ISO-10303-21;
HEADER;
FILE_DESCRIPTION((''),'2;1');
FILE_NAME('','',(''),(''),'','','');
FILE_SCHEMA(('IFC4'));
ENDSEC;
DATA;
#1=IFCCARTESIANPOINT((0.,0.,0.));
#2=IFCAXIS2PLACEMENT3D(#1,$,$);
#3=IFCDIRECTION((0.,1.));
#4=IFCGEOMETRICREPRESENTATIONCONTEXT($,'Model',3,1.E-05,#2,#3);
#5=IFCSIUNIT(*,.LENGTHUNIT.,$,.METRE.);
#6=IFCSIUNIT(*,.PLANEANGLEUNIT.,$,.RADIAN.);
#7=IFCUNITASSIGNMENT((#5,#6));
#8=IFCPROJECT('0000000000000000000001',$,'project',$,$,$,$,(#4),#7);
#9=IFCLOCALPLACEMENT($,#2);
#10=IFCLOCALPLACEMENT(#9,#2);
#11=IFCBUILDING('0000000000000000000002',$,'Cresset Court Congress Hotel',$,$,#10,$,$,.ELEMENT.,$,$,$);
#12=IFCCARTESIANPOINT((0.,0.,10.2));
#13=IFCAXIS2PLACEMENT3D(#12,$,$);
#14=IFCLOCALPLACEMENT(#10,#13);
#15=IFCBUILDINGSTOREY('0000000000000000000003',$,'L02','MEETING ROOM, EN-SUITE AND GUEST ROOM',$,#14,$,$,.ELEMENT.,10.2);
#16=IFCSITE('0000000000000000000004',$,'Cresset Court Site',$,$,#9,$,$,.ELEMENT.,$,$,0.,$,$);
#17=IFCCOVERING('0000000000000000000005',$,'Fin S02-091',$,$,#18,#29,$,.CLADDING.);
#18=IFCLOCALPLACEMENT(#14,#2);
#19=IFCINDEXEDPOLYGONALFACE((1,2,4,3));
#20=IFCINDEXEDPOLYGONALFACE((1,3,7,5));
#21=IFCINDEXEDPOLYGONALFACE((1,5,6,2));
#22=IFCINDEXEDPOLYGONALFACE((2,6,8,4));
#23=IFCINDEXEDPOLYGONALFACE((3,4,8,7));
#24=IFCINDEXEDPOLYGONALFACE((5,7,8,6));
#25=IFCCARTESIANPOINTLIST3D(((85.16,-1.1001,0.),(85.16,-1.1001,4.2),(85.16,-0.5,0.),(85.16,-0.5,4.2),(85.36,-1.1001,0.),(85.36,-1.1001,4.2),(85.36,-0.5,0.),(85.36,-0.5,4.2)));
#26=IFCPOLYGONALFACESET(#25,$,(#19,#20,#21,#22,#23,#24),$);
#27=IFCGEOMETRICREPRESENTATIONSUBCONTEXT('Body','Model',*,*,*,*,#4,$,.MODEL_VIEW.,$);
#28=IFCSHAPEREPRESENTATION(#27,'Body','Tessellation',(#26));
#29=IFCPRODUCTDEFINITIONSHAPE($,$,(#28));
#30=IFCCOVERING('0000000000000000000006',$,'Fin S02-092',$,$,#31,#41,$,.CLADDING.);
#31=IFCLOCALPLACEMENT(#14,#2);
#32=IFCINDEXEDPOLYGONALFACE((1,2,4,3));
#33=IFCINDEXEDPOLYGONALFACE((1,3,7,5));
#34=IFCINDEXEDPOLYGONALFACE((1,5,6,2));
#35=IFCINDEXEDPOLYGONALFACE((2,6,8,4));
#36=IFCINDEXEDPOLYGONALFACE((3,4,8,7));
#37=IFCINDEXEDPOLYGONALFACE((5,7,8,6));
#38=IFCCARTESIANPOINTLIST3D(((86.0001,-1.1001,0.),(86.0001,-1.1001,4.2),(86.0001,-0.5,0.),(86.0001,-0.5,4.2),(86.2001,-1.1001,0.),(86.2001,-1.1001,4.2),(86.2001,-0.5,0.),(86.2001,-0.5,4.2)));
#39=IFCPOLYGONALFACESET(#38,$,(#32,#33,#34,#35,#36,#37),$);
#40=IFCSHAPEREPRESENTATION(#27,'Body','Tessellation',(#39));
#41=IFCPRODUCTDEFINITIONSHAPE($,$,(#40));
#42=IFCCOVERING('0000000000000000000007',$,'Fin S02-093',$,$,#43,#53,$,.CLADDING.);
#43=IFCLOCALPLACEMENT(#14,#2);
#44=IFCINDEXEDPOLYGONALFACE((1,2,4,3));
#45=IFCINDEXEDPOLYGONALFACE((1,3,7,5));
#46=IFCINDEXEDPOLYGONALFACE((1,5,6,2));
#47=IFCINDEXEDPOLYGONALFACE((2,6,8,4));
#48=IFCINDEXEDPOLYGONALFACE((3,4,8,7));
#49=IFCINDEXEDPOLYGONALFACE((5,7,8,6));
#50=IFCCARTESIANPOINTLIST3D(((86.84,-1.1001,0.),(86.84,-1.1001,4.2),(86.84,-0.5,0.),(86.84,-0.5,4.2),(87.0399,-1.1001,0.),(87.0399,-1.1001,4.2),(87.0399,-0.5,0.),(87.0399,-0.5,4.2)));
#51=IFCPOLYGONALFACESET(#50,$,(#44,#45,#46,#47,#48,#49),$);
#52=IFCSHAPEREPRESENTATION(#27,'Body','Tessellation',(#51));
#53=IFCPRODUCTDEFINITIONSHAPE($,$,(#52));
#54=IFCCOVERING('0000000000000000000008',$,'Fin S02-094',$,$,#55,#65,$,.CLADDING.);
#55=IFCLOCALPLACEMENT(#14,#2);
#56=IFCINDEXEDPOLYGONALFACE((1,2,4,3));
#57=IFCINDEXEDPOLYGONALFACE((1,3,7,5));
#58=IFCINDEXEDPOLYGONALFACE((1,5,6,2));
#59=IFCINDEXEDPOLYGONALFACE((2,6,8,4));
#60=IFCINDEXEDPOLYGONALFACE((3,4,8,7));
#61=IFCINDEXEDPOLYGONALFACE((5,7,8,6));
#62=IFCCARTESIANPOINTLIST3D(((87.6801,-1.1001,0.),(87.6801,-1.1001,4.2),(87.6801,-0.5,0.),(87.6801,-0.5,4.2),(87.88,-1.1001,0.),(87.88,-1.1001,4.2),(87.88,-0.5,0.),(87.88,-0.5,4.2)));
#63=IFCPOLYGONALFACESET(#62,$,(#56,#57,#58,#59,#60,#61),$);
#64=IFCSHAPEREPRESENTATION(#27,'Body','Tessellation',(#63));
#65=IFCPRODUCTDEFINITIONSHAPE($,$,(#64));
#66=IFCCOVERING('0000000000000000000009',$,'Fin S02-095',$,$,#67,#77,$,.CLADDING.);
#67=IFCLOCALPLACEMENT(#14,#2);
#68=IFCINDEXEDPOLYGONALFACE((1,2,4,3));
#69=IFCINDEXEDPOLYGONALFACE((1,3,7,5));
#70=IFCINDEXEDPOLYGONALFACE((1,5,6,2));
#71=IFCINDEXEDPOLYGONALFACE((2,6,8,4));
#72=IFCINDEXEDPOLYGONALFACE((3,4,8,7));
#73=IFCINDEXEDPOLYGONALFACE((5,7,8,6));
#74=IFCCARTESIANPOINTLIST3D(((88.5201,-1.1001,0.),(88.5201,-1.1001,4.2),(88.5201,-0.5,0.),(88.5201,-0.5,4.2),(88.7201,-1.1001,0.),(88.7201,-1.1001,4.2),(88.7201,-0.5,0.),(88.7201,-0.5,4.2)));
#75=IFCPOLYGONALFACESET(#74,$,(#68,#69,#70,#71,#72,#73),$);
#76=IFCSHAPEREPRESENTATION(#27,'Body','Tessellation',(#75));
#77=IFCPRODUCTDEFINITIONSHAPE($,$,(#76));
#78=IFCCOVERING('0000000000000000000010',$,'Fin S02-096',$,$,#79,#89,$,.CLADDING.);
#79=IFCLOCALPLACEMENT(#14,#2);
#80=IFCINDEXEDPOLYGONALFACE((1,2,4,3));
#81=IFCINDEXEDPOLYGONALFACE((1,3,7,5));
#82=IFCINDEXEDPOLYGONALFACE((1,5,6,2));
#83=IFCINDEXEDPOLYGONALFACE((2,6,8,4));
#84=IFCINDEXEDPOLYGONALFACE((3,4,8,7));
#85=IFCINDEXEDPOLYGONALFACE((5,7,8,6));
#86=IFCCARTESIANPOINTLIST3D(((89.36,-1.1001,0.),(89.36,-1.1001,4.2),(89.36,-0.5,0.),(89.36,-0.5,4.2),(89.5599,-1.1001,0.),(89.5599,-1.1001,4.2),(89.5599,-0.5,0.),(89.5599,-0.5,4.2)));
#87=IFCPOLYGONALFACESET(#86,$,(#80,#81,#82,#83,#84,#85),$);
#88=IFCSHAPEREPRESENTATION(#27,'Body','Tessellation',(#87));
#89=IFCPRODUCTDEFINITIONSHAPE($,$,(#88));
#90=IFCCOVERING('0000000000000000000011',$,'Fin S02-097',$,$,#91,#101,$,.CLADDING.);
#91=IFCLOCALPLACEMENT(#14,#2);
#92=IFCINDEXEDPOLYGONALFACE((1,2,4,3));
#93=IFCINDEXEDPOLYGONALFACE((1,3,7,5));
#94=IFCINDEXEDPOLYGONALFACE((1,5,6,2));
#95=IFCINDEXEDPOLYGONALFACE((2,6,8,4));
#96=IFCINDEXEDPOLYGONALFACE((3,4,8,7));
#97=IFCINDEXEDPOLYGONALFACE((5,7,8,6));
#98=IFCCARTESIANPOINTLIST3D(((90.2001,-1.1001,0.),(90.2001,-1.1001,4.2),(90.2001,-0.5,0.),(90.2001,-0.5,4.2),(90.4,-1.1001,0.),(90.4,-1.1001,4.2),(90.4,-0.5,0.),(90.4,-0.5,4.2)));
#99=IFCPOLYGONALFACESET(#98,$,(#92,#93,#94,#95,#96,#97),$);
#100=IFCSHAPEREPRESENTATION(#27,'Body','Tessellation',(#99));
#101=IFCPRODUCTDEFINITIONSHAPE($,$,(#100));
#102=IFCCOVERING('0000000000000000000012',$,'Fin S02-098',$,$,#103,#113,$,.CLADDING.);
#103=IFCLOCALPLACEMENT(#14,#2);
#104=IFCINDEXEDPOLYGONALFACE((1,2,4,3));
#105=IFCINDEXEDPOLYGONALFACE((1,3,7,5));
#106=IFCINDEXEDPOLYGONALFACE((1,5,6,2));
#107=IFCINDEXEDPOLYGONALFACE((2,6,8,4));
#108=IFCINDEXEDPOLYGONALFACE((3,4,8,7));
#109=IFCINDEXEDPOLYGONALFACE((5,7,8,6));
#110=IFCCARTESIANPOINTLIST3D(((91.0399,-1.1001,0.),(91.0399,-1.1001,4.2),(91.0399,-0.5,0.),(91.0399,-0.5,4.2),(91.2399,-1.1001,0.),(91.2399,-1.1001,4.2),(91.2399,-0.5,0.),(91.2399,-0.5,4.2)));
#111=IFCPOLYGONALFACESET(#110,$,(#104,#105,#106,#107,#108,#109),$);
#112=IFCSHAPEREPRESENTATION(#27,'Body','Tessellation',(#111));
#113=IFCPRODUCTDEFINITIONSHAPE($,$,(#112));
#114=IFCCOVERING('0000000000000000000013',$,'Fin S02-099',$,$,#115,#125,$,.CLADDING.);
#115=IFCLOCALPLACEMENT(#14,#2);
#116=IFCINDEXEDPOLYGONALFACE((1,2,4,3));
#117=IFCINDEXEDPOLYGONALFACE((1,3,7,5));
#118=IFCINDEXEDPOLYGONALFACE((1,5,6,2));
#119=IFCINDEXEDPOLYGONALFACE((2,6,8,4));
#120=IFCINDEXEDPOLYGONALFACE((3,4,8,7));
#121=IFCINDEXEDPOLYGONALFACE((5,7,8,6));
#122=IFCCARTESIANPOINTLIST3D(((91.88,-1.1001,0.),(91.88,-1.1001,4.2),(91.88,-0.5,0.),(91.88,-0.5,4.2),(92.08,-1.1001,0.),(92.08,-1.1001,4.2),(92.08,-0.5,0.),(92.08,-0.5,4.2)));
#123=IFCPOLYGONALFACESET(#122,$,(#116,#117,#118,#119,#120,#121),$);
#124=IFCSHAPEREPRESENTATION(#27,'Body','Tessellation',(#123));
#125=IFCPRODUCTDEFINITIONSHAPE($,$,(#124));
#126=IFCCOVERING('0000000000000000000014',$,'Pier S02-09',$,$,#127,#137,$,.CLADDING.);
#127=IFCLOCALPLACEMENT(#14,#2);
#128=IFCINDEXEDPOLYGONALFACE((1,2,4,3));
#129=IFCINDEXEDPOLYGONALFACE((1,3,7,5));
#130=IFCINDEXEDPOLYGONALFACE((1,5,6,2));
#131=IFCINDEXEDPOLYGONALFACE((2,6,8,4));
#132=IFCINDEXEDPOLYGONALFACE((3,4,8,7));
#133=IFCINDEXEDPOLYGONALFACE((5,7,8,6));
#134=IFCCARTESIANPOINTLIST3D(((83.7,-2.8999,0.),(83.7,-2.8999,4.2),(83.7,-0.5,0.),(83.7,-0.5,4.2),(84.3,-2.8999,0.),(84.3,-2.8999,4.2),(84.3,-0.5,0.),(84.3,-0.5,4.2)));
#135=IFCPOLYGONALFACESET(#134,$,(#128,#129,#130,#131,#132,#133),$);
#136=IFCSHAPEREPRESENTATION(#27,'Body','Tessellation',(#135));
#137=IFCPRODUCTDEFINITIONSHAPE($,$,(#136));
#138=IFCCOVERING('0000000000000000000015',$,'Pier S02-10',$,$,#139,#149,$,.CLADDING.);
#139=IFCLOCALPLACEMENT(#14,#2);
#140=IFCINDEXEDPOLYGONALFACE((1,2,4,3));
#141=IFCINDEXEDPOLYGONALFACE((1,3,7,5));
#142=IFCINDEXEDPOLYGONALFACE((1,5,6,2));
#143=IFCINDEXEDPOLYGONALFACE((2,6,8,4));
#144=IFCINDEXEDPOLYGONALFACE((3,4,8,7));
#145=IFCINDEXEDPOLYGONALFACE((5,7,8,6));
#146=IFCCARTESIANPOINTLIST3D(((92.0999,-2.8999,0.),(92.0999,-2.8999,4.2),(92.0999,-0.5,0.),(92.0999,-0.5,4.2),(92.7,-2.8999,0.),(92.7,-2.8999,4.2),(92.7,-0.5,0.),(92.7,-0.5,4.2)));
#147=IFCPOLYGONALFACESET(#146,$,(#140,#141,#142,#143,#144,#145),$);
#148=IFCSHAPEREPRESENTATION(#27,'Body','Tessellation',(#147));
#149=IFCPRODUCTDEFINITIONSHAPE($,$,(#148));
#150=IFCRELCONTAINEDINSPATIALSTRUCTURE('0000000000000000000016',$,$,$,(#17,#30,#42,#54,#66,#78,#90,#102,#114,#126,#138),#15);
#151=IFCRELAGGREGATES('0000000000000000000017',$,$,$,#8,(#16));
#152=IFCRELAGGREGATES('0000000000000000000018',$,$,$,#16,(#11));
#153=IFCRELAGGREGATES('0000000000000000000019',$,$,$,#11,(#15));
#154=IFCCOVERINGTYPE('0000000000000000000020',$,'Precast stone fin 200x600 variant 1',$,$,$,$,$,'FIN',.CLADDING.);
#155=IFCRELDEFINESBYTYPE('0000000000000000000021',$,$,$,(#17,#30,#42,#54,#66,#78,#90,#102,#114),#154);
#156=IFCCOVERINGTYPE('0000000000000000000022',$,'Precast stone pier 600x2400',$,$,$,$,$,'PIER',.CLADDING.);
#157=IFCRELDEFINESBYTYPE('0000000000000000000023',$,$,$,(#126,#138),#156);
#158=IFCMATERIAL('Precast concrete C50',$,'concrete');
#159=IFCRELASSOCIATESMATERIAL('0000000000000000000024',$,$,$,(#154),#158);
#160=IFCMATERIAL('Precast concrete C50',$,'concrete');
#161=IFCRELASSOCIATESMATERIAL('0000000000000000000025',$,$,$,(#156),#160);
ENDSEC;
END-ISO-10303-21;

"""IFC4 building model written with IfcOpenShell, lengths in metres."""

from ifc_helpers import new_model, si_unit, direction, frame, origin, origin_2d, place, context, subcontext, project, spatial, rectangle, extrude, material, type_object, element, save


model = new_model("IFC4")

# Units and contexts
model_context = context("Model", 3, precision=1e-05, world=origin(), true_north=direction((0.0, 1.0)))
body_context = subcontext(model_context, "Body", "Model", "MODEL_VIEW")
ifc_project = project(units=[si_unit("LENGTHUNIT", "METRE"), si_unit("PLANEANGLEUNIT", "RADIAN")], contexts=[model_context])

# Site, building, storey
site_placement = place(None, origin())
site = spatial("IfcSite", under=ifc_project, at=site_placement, Name="Cresset Court Site", CompositionType="ELEMENT", RefElevation=0.0)
building_placement = place(site_placement, origin())
building = spatial("IfcBuilding", under=site, at=building_placement, Name="Cresset Court Congress Hotel", CompositionType="ELEMENT")
storey_placement = place(building_placement, frame((0.0, 0.0, 10.2)))
storey = spatial("IfcBuildingStorey", under=building, at=storey_placement, Name="L02", Description="MEETING ROOM, EN-SUITE AND GUEST ROOM", CompositionType="ELEMENT", Elevation=10.2)

# Coverings
ifc_material_1 = material(Name="Precast concrete C50", Category="concrete")
covering_type_1 = type_object("IfcCoveringType", Name="Precast stone fin 200x600 variant 1", ElementType="FIN", PredefinedType="CLADDING", material=ifc_material_1)
for number, where, z_axis, x_axis, name in (
    (1, (85.26, -0.8, 0.0), (0.0, 0.0, 1.0), (1.0, 0.0, 0.0), "Fin S02-091"),
    (2, (86.1001, -0.8, 0.0), (0.0, 0.0, 1.0), (1.0, 0.0, 0.0), "Fin S02-092"),
    (3, (86.9399, -0.8, 0.0), (0.0, 0.0, 1.0), (1.0, 0.0, 0.0), "Fin S02-093"),
    (4, (87.78, -0.8, 0.0), (0.0, 0.0, 1.0), (1.0, 0.0, 0.0), "Fin S02-094"),
    (5, (88.6201, -0.8, 0.0), (0.0, 0.0, 1.0), (1.0, 0.0, 0.0), "Fin S02-095"),
    (6, (89.46, -0.8, 0.0), (0.0, 0.0, 1.0), (1.0, 0.0, 0.0), "Fin S02-096"),
    (7, (90.3, -0.8, 0.0), (0.0, 0.0, 1.0), (1.0, 0.0, 0.0), "Fin S02-097"),
    (8, (91.1399, -0.8, 0.0), (0.0, 0.0, 1.0), (1.0, 0.0, 0.0), "Fin S02-098"),
    (9, (91.98, -0.8, 0.0), (0.0, 0.0, 1.0), (1.0, 0.0, 0.0), "Fin S02-099"),
):
    element("IfcCovering", number, at=place(storey_placement, frame(where, z_axis=z_axis, x_axis=x_axis)), inside=storey, type_object=covering_type_1, Name=name, PredefinedType="CLADDING", context=body_context, shape_type="SweptSolid", body=[
        extrude(rectangle(XDim=0.2, YDim=0.6001, at=origin_2d()), origin(), (0.0, 0.0, 1.0), 4.2),
    ])
ifc_material_2 = material(Name="Precast concrete C50", Category="concrete")
covering_type_2 = type_object("IfcCoveringType", Name="Precast stone pier 600x2400", ElementType="PIER", PredefinedType="CLADDING", material=ifc_material_2)
for number, where, z_axis, x_axis, name in (
    (10, (84.0, -1.7, 0.0), (0.0, 0.0, 1.0), (1.0, 0.0, 0.0), "Pier S02-09"),
    (11, (92.3999, -1.7, 0.0), (0.0, 0.0, 1.0), (1.0, 0.0, 0.0), "Pier S02-10"),
):
    element("IfcCovering", number, at=place(storey_placement, frame(where, z_axis=z_axis, x_axis=x_axis)), inside=storey, type_object=covering_type_2, Name=name, PredefinedType="CLADDING", context=body_context, shape_type="SweptSolid", body=[
        extrude(rectangle(XDim=0.6001, YDim=2.3999, at=origin_2d()), origin(), (0.0, 0.0, 1.0), 4.2),
    ])

save(model, "model.ifc")
